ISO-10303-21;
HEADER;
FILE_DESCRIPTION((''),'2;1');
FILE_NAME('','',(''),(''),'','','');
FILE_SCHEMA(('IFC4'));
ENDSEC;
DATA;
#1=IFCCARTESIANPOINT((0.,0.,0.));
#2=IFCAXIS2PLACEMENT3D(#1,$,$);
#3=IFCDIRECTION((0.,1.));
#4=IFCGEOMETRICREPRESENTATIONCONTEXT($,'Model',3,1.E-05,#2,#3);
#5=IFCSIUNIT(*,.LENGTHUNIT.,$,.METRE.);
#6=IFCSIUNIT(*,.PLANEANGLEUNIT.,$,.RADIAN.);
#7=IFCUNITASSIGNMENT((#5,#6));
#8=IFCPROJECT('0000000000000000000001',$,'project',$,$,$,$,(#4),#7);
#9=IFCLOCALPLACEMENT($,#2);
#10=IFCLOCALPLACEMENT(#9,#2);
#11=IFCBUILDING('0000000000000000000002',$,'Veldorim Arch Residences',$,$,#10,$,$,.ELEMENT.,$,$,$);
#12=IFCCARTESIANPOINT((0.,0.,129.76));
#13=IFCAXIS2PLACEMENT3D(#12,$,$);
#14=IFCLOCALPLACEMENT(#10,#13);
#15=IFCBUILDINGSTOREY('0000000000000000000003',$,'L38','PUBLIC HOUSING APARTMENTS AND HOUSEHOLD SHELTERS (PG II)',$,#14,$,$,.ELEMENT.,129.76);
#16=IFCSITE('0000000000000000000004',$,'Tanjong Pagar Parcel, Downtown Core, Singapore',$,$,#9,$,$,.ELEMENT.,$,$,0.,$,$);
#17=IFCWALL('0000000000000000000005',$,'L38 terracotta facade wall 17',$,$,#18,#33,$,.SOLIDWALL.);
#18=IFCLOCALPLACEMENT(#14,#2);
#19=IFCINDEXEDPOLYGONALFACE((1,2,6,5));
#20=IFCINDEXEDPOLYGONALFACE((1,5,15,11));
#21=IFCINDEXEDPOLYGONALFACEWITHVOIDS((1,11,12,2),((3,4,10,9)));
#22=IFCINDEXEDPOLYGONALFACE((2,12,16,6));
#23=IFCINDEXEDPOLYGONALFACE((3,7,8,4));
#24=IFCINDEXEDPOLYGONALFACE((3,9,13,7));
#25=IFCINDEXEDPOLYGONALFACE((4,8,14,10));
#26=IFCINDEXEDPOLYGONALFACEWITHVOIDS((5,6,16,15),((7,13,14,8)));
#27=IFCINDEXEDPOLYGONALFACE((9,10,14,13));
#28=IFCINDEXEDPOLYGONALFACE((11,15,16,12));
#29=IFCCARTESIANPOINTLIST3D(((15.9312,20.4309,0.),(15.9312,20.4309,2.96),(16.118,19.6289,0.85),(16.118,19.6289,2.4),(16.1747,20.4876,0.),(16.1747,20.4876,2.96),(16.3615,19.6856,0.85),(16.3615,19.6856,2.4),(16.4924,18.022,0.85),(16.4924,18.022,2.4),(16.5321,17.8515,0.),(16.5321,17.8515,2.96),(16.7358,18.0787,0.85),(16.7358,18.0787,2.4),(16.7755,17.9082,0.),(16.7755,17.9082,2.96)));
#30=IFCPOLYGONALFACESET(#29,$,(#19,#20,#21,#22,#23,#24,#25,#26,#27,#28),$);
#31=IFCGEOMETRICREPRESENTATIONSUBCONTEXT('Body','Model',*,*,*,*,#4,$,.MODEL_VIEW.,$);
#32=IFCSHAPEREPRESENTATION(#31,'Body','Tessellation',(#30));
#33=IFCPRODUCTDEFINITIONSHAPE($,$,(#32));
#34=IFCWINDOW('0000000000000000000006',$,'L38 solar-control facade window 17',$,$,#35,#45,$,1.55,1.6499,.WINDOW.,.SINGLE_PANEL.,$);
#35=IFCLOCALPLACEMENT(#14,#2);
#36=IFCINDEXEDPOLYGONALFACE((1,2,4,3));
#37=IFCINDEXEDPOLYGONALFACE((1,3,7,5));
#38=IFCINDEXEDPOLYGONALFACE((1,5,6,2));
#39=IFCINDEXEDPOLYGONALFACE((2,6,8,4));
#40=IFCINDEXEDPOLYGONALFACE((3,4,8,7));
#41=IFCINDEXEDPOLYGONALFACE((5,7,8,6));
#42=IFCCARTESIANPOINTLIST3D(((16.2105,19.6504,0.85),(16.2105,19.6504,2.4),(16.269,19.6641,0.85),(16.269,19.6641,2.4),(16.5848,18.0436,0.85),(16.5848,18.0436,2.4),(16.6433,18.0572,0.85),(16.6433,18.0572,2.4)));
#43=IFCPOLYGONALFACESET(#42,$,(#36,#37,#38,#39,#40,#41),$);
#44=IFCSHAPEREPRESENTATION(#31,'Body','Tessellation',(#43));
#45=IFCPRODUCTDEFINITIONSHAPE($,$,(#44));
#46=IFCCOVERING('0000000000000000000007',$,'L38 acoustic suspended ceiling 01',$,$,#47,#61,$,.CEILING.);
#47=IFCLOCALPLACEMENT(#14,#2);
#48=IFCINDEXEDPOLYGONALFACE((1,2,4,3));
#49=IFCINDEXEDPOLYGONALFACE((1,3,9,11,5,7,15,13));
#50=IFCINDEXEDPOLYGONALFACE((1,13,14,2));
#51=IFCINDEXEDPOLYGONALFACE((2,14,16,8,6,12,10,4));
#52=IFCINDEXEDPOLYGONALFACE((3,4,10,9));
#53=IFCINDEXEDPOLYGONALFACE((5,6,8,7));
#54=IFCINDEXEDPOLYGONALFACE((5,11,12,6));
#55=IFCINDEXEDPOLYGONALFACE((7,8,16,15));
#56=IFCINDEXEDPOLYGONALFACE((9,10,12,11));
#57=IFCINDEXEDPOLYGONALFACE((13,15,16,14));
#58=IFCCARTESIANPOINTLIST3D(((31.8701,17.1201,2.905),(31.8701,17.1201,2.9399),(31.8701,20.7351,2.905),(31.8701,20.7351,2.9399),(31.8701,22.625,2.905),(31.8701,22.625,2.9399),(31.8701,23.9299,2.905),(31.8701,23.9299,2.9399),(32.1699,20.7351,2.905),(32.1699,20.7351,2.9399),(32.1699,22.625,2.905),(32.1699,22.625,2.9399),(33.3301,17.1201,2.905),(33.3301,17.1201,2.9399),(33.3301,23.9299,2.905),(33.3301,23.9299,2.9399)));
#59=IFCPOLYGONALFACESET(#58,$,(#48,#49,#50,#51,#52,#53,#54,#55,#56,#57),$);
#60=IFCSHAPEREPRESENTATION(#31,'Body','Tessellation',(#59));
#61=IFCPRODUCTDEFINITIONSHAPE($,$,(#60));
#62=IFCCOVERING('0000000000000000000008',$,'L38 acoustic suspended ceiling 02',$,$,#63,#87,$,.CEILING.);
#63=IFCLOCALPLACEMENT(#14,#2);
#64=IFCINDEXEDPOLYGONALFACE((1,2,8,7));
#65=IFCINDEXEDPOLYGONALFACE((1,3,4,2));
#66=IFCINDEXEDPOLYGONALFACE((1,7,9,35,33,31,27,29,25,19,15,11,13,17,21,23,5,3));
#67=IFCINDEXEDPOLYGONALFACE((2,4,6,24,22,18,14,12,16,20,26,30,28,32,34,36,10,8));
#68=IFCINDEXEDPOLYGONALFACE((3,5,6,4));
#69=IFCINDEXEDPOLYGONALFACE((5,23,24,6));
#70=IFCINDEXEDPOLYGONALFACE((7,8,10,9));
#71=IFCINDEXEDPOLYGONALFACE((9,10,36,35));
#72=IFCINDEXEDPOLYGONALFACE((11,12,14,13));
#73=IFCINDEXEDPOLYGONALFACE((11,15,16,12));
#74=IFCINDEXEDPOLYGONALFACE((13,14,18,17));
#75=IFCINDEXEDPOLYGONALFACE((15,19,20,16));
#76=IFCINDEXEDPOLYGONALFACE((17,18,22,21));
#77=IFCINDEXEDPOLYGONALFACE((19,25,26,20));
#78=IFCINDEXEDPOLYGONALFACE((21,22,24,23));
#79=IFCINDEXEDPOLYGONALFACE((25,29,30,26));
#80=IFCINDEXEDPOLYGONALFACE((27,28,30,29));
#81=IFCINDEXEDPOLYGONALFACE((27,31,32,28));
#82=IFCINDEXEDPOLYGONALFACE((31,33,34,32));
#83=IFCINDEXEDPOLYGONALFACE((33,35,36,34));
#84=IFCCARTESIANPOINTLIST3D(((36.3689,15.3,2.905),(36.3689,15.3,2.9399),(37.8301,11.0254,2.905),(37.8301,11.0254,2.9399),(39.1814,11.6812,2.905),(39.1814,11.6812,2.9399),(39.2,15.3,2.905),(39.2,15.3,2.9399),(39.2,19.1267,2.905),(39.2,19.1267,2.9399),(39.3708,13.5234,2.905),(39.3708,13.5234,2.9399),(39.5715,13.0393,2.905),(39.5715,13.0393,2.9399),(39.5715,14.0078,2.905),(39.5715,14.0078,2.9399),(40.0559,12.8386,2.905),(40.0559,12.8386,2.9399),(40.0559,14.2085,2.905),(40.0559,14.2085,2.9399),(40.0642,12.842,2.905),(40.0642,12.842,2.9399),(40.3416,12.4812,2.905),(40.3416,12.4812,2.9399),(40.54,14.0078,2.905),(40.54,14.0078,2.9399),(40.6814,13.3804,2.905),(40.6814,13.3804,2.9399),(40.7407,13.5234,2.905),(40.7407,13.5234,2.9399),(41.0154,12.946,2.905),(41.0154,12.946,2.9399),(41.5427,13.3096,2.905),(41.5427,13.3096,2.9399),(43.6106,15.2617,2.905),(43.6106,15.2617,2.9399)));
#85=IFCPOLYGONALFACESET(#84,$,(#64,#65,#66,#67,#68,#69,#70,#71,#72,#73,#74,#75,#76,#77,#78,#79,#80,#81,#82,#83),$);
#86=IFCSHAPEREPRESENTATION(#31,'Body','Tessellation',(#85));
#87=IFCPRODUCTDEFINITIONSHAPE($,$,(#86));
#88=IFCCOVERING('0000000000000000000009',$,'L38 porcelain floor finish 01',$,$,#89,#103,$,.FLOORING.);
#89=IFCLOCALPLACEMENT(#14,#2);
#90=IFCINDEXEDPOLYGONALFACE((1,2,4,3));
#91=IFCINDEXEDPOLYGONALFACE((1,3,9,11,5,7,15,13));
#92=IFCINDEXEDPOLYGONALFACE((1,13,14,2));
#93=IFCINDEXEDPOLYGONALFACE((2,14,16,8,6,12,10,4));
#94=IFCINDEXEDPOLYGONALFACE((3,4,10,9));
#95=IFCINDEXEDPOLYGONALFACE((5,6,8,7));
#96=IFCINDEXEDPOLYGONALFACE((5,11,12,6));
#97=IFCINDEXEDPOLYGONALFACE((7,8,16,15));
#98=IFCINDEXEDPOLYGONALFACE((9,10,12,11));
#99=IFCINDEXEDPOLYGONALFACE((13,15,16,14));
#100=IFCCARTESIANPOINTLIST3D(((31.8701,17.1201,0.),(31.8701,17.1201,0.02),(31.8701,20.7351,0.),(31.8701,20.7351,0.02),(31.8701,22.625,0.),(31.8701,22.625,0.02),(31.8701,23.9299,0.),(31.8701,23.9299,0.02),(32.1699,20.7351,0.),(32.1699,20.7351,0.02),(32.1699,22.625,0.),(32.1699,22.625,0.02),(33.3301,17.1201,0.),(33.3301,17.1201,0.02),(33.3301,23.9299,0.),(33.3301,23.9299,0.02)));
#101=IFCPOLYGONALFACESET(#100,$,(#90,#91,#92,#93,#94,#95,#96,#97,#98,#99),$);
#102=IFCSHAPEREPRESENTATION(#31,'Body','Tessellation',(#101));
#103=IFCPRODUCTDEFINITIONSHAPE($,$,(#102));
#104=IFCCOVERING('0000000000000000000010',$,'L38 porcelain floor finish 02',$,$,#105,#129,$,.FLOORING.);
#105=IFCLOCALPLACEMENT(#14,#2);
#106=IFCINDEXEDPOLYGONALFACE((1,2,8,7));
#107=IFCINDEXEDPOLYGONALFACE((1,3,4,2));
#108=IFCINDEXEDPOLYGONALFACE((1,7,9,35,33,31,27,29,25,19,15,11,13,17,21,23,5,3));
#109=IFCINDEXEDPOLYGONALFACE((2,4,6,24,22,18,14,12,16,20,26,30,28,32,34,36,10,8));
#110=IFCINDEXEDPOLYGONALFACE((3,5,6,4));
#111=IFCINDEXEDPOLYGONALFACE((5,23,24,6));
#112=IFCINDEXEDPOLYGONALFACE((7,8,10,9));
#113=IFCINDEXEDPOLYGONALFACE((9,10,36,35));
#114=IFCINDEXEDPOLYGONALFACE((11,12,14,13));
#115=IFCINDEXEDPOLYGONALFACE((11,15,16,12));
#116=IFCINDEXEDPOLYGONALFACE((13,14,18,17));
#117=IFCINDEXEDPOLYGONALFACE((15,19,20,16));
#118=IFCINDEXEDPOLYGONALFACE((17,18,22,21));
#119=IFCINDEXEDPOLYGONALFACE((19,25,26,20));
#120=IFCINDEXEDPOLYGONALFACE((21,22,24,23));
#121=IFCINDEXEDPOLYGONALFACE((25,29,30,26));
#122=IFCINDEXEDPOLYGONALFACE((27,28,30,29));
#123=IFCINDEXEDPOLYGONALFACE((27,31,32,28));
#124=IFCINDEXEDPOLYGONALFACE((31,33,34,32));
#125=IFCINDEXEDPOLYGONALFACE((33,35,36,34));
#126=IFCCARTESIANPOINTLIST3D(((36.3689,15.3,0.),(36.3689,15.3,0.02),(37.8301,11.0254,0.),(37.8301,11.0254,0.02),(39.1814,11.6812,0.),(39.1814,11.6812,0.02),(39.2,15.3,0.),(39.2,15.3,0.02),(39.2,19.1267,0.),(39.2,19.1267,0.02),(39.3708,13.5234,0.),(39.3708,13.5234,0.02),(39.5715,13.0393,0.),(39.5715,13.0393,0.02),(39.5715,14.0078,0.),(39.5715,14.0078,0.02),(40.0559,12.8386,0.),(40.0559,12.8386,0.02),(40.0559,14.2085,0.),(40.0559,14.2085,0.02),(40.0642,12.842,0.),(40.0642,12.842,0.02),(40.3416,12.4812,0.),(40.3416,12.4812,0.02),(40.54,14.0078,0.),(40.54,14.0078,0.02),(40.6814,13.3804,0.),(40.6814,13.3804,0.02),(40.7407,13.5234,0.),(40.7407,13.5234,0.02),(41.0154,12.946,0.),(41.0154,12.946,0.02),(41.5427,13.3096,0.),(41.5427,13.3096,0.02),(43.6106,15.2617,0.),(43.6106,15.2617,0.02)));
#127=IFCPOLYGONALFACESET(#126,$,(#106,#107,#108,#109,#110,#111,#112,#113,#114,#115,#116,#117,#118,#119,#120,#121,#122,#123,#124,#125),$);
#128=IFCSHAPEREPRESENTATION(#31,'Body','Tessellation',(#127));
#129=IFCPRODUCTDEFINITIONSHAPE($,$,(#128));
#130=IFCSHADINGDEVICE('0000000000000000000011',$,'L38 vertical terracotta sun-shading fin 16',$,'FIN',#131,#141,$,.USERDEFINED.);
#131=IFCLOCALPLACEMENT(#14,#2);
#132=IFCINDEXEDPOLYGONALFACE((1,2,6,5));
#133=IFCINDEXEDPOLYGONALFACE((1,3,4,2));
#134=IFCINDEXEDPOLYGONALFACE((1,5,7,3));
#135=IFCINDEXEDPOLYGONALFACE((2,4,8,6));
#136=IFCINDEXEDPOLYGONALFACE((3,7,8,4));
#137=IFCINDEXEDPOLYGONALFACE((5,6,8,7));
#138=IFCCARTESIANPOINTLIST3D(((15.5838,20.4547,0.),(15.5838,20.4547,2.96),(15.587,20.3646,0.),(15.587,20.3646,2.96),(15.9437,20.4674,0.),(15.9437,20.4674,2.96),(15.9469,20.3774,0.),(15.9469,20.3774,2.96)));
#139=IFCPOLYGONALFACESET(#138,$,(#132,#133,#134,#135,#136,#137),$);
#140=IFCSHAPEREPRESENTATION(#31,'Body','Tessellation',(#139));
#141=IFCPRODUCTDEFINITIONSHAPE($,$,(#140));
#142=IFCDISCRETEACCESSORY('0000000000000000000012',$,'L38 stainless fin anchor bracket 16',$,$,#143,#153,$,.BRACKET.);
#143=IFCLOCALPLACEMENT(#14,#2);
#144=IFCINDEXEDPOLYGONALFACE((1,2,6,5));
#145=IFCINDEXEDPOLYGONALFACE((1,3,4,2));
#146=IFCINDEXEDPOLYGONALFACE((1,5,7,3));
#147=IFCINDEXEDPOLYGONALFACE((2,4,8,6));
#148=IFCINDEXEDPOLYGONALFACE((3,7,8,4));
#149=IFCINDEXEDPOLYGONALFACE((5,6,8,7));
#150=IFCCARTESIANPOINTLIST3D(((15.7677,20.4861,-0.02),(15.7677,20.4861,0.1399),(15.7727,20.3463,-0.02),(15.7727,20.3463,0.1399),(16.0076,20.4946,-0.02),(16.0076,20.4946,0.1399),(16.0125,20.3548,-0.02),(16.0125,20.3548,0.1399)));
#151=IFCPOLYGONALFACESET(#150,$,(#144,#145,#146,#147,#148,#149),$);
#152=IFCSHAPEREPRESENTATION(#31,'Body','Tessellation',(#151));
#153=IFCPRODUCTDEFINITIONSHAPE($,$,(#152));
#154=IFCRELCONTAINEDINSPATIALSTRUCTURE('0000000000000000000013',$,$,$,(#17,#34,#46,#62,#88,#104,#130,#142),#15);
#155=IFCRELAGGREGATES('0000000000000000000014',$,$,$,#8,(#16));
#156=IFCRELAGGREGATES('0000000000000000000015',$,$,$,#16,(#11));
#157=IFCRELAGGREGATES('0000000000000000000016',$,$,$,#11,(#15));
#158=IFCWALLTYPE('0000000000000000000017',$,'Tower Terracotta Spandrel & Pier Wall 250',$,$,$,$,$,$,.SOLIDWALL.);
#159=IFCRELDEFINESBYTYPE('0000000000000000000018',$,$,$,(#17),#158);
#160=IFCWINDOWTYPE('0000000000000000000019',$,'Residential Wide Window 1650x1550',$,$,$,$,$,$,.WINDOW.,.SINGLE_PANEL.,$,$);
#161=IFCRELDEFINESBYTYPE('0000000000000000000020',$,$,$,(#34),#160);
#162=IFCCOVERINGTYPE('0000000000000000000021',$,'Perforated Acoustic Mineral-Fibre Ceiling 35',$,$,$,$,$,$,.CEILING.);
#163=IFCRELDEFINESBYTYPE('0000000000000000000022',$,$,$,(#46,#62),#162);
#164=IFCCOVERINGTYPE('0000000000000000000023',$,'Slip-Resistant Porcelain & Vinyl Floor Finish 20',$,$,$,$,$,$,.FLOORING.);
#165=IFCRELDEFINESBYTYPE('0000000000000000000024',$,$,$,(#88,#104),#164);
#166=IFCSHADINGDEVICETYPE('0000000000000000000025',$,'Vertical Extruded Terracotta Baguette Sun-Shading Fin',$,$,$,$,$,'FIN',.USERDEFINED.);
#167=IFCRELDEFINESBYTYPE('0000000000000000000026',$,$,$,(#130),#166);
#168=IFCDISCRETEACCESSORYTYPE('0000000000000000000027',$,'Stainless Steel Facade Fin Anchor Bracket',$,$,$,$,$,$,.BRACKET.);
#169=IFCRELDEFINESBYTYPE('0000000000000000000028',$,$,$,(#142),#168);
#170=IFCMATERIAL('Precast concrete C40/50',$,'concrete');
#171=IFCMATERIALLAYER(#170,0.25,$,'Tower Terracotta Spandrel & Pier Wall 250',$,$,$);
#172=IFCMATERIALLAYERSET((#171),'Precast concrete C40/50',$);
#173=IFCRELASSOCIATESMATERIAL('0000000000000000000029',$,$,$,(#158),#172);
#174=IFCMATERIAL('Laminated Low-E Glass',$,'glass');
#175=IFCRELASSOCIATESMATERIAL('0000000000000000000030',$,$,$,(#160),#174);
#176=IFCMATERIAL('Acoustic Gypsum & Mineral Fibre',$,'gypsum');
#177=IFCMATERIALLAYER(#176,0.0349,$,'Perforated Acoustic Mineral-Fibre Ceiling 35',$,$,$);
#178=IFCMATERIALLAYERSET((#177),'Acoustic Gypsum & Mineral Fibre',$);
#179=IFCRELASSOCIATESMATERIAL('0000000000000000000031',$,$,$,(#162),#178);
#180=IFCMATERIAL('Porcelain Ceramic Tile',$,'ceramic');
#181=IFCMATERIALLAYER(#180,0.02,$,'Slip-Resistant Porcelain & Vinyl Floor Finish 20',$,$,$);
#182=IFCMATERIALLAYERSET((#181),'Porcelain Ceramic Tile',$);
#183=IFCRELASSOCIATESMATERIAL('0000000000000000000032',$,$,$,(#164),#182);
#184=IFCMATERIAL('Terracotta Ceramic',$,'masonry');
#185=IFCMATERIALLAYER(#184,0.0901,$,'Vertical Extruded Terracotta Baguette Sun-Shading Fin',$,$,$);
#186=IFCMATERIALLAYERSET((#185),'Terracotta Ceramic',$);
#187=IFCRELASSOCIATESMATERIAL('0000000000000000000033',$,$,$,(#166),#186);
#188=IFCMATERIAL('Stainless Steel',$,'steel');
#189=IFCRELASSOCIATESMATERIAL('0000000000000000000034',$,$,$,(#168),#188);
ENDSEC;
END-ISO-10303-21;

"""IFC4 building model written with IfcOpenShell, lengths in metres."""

from ifc_helpers import new_model, si_unit, direction, frame, frame_2d, origin, origin_2d, place, context, subcontext, project, spatial, polyline, rectangle, outline, extrude, material, layer, layer_set, type_object, element, fill, save


model = new_model("IFC4")

# Units and contexts
model_context = context("Model", 3, precision=1e-05, world=origin(), true_north=direction((0.0, 1.0)))
body_context = subcontext(model_context, "Body", "Model", "MODEL_VIEW")
ifc_project = project(units=[si_unit("LENGTHUNIT", "METRE"), si_unit("PLANEANGLEUNIT", "RADIAN")], contexts=[model_context])

# Site, building, storey
site_placement = place(None, origin())
site = spatial("IfcSite", under=ifc_project, at=site_placement, Name="Tanjong Pagar Parcel, Downtown Core, Singapore", CompositionType="ELEMENT", RefElevation=0.0)
building_placement = place(site_placement, origin())
building = spatial("IfcBuilding", under=site, at=building_placement, Name="Veldorim Arch Residences", CompositionType="ELEMENT")
storey_placement = place(building_placement, frame((0.0, 0.0, 129.76)))
storey = spatial("IfcBuildingStorey", under=building, at=storey_placement, Name="L38", Description="PUBLIC HOUSING APARTMENTS AND HOUSEHOLD SHELTERS (PG II)", CompositionType="ELEMENT", Elevation=129.76)

# Wall, opening, window
ifc_material_1 = material(Name="Precast concrete C40/50", Category="concrete")
ifc_layer_1 = layer(ifc_material_1, 0.25, Name="Tower Terracotta Spandrel & Pier Wall 250")
ifc_layer_set_1 = layer_set([ifc_layer_1], Name="Precast concrete C40/50")
wall_type_1 = type_object("IfcWallType", Name="Tower Terracotta Spandrel & Pier Wall 250", PredefinedType="SOLIDWALL", material=ifc_layer_set_1)
wall_1_placement = place(storey_placement, frame((16.6538, 17.8799, 0.0), z_axis=(0.0, 0.0, 1.0), x_axis=(-0.226865, 0.973926, 0.0)))
wall_1 = element("IfcWall", 1, at=wall_1_placement, inside=storey, type_object=wall_type_1, Name="L38 terracotta facade wall 17", PredefinedType="SOLIDWALL", context=body_context, shape_type="SweptSolid", body=[
    extrude(rectangle(XDim=2.6484, YDim=0.25, at=frame_2d((1.3242, 0.0))), origin(), (0.0, 0.0, 1.0), 2.96),
])
opening_1_placement = place(wall_1_placement, frame((0.175, 0.0, 0.8501)))
opening_1 = element("IfcOpeningElement", 2, at=opening_1_placement, cuts=wall_1, PredefinedType="OPENING", context=body_context, shape_type="SweptSolid", body=[
    extrude(rectangle(XDim=1.6499, YDim=1.55, at=frame_2d((0.825, 0.7749))), frame((0.0, 0.135, 0.0), z_axis=(0.0, -1.0, 0.0), x_axis=(1.0, 0.0, 0.0)), (0.0, 0.0, 1.0), 0.27),
])
ifc_material_2 = material(Name="Laminated Low-E Glass", Category="glass")
window_type = type_object("IfcWindowType", Name="Residential Wide Window 1650x1550", PartitioningType="SINGLE_PANEL", PredefinedType="WINDOW", material=ifc_material_2)
window_placement = place(opening_1_placement, origin())
window = element("IfcWindow", 3, at=window_placement, inside=storey, type_object=window_type, Name="L38 solar-control facade window 17", OverallHeight=1.55, OverallWidth=1.6499, PartitioningType="SINGLE_PANEL", PredefinedType="WINDOW", context=body_context, shape_type="SweptSolid", body=[
    extrude(rectangle(XDim=1.6499, YDim=1.55, at=frame_2d((0.825, 0.7749))), frame((0.0, 0.03, 0.0), z_axis=(0.0, -1.0, 0.0), x_axis=(1.0, 0.0, 0.0)), (0.0, 0.0, 1.0), 0.0601),
])
fill(opening_1, window)

# Coverings
ifc_material_3 = material(Name="Acoustic Gypsum & Mineral Fibre", Category="gypsum")
ifc_layer_2 = layer(ifc_material_3, 0.0349, Name="Perforated Acoustic Mineral-Fibre Ceiling 35")
ifc_layer_set_2 = layer_set([ifc_layer_2], Name="Acoustic Gypsum & Mineral Fibre")
covering_type_1 = type_object("IfcCoveringType", Name="Perforated Acoustic Mineral-Fibre Ceiling 35", PredefinedType="CEILING", material=ifc_layer_set_2)
covering_1_placement = place(storey_placement, frame((0.0, 0.0, 2.905)))
element("IfcCovering", 4, at=covering_1_placement, inside=storey, type_object=covering_type_1, Name="L38 acoustic suspended ceiling 01", PredefinedType="CEILING", context=body_context, shape_type="SweptSolid", body=[
    extrude(outline(polyline([(33.3301, 23.9299), (33.3301, 17.1201), (31.8701, 17.1201), (31.8701, 20.7351), (32.1699, 20.7351), (32.1699, 22.625), (31.8701, 22.625), (31.8701, 23.9299), (33.3301, 23.9299)])), origin(), (0.0, 0.0, 1.0), 0.0349),
])
covering_2_placement = place(storey_placement, frame((0.0, 0.0, 2.905)))
element("IfcCovering", 5, at=covering_2_placement, inside=storey, type_object=covering_type_1, Name="L38 acoustic suspended ceiling 02", PredefinedType="CEILING", context=body_context, shape_type="SweptSolid", body=[
    extrude(outline(polyline([(40.3416, 12.4812), (39.1814, 11.6812), (37.8301, 11.0254), (36.3689, 15.3), (39.2, 15.3), (39.2, 19.1267), (43.6106, 15.2617), (41.5427, 13.3096), (41.0154, 12.946), (40.6814, 13.3804), (40.7407, 13.5234), (40.54, 14.0078), (40.0559, 14.2085), (39.5715, 14.0078), (39.3708, 13.5234), (39.5715, 13.0393), (40.0559, 12.8386), (40.0642, 12.842), (40.3416, 12.4812)])), origin(), (0.0, 0.0, 1.0), 0.0349),
])
ifc_material_4 = material(Name="Porcelain Ceramic Tile", Category="ceramic")
ifc_layer_3 = layer(ifc_material_4, 0.02, Name="Slip-Resistant Porcelain & Vinyl Floor Finish 20")
ifc_layer_set_3 = layer_set([ifc_layer_3], Name="Porcelain Ceramic Tile")
covering_type_2 = type_object("IfcCoveringType", Name="Slip-Resistant Porcelain & Vinyl Floor Finish 20", PredefinedType="FLOORING", material=ifc_layer_set_3)
covering_3_placement = place(storey_placement, origin())
element("IfcCovering", 6, at=covering_3_placement, inside=storey, type_object=covering_type_2, Name="L38 porcelain floor finish 01", PredefinedType="FLOORING", context=body_context, shape_type="SweptSolid", body=[
    extrude(outline(polyline([(33.3301, 23.9299), (33.3301, 17.1201), (31.8701, 17.1201), (31.8701, 20.7351), (32.1699, 20.7351), (32.1699, 22.625), (31.8701, 22.625), (31.8701, 23.9299), (33.3301, 23.9299)])), origin(), (0.0, 0.0, 1.0), 0.02),
])
covering_4_placement = place(storey_placement, origin())
element("IfcCovering", 7, at=covering_4_placement, inside=storey, type_object=covering_type_2, Name="L38 porcelain floor finish 02", PredefinedType="FLOORING", context=body_context, shape_type="SweptSolid", body=[
    extrude(outline(polyline([(40.3416, 12.4812), (39.1814, 11.6812), (37.8301, 11.0254), (36.3689, 15.3), (39.2, 15.3), (39.2, 19.1267), (43.6106, 15.2617), (41.5427, 13.3096), (41.0154, 12.946), (40.6814, 13.3804), (40.7407, 13.5234), (40.54, 14.0078), (40.0559, 14.2085), (39.5715, 14.0078), (39.3708, 13.5234), (39.5715, 13.0393), (40.0559, 12.8386), (40.0642, 12.842), (40.3416, 12.4812)])), origin(), (0.0, 0.0, 1.0), 0.02),
])

# Shading device
ifc_material_5 = material(Name="Terracotta Ceramic", Category="masonry")
ifc_layer_4 = layer(ifc_material_5, 0.0901, Name="Vertical Extruded Terracotta Baguette Sun-Shading Fin")
ifc_layer_set_4 = layer_set([ifc_layer_4], Name="Terracotta Ceramic")
shading_device_type = type_object("IfcShadingDeviceType", Name="Vertical Extruded Terracotta Baguette Sun-Shading Fin", ElementType="FIN", PredefinedType="USERDEFINED", material=ifc_layer_set_4)
shading_device_placement = place(storey_placement, frame((15.7654, 20.416, 0.0), z_axis=(0.0, 0.0, 1.0), x_axis=(-0.035423, 0.999372, 0.0)))
element("IfcShadingDevice", 8, at=shading_device_placement, inside=storey, type_object=shading_device_type, Name="L38 vertical terracotta sun-shading fin 16", ObjectType="FIN", PredefinedType="USERDEFINED", context=body_context, shape_type="SweptSolid", body=[
    extrude(rectangle(XDim=0.0901, YDim=0.3601, at=origin_2d()), origin(), (0.0, 0.0, 1.0), 2.96),
])

# Discrete accessory
ifc_material_6 = material(Name="Stainless Steel", Category="steel")
discrete_accessory_type = type_object("IfcDiscreteAccessoryType", Name="Stainless Steel Facade Fin Anchor Bracket", PredefinedType="BRACKET", material=ifc_material_6)
discrete_accessory_placement = place(storey_placement, frame((15.8901, 20.4204, -0.02), z_axis=(0.0, 0.0, 1.0), x_axis=(-0.035423, 0.999372, 0.0)))
element("IfcDiscreteAccessory", 9, at=discrete_accessory_placement, inside=storey, type_object=discrete_accessory_type, Name="L38 stainless fin anchor bracket 16", PredefinedType="BRACKET", context=body_context, shape_type="SweptSolid", body=[
    extrude(rectangle(XDim=0.1399, YDim=0.24, at=origin_2d()), origin(), (0.0, 0.0, 1.0), 0.1599),
])

save(model, "model.ifc")
